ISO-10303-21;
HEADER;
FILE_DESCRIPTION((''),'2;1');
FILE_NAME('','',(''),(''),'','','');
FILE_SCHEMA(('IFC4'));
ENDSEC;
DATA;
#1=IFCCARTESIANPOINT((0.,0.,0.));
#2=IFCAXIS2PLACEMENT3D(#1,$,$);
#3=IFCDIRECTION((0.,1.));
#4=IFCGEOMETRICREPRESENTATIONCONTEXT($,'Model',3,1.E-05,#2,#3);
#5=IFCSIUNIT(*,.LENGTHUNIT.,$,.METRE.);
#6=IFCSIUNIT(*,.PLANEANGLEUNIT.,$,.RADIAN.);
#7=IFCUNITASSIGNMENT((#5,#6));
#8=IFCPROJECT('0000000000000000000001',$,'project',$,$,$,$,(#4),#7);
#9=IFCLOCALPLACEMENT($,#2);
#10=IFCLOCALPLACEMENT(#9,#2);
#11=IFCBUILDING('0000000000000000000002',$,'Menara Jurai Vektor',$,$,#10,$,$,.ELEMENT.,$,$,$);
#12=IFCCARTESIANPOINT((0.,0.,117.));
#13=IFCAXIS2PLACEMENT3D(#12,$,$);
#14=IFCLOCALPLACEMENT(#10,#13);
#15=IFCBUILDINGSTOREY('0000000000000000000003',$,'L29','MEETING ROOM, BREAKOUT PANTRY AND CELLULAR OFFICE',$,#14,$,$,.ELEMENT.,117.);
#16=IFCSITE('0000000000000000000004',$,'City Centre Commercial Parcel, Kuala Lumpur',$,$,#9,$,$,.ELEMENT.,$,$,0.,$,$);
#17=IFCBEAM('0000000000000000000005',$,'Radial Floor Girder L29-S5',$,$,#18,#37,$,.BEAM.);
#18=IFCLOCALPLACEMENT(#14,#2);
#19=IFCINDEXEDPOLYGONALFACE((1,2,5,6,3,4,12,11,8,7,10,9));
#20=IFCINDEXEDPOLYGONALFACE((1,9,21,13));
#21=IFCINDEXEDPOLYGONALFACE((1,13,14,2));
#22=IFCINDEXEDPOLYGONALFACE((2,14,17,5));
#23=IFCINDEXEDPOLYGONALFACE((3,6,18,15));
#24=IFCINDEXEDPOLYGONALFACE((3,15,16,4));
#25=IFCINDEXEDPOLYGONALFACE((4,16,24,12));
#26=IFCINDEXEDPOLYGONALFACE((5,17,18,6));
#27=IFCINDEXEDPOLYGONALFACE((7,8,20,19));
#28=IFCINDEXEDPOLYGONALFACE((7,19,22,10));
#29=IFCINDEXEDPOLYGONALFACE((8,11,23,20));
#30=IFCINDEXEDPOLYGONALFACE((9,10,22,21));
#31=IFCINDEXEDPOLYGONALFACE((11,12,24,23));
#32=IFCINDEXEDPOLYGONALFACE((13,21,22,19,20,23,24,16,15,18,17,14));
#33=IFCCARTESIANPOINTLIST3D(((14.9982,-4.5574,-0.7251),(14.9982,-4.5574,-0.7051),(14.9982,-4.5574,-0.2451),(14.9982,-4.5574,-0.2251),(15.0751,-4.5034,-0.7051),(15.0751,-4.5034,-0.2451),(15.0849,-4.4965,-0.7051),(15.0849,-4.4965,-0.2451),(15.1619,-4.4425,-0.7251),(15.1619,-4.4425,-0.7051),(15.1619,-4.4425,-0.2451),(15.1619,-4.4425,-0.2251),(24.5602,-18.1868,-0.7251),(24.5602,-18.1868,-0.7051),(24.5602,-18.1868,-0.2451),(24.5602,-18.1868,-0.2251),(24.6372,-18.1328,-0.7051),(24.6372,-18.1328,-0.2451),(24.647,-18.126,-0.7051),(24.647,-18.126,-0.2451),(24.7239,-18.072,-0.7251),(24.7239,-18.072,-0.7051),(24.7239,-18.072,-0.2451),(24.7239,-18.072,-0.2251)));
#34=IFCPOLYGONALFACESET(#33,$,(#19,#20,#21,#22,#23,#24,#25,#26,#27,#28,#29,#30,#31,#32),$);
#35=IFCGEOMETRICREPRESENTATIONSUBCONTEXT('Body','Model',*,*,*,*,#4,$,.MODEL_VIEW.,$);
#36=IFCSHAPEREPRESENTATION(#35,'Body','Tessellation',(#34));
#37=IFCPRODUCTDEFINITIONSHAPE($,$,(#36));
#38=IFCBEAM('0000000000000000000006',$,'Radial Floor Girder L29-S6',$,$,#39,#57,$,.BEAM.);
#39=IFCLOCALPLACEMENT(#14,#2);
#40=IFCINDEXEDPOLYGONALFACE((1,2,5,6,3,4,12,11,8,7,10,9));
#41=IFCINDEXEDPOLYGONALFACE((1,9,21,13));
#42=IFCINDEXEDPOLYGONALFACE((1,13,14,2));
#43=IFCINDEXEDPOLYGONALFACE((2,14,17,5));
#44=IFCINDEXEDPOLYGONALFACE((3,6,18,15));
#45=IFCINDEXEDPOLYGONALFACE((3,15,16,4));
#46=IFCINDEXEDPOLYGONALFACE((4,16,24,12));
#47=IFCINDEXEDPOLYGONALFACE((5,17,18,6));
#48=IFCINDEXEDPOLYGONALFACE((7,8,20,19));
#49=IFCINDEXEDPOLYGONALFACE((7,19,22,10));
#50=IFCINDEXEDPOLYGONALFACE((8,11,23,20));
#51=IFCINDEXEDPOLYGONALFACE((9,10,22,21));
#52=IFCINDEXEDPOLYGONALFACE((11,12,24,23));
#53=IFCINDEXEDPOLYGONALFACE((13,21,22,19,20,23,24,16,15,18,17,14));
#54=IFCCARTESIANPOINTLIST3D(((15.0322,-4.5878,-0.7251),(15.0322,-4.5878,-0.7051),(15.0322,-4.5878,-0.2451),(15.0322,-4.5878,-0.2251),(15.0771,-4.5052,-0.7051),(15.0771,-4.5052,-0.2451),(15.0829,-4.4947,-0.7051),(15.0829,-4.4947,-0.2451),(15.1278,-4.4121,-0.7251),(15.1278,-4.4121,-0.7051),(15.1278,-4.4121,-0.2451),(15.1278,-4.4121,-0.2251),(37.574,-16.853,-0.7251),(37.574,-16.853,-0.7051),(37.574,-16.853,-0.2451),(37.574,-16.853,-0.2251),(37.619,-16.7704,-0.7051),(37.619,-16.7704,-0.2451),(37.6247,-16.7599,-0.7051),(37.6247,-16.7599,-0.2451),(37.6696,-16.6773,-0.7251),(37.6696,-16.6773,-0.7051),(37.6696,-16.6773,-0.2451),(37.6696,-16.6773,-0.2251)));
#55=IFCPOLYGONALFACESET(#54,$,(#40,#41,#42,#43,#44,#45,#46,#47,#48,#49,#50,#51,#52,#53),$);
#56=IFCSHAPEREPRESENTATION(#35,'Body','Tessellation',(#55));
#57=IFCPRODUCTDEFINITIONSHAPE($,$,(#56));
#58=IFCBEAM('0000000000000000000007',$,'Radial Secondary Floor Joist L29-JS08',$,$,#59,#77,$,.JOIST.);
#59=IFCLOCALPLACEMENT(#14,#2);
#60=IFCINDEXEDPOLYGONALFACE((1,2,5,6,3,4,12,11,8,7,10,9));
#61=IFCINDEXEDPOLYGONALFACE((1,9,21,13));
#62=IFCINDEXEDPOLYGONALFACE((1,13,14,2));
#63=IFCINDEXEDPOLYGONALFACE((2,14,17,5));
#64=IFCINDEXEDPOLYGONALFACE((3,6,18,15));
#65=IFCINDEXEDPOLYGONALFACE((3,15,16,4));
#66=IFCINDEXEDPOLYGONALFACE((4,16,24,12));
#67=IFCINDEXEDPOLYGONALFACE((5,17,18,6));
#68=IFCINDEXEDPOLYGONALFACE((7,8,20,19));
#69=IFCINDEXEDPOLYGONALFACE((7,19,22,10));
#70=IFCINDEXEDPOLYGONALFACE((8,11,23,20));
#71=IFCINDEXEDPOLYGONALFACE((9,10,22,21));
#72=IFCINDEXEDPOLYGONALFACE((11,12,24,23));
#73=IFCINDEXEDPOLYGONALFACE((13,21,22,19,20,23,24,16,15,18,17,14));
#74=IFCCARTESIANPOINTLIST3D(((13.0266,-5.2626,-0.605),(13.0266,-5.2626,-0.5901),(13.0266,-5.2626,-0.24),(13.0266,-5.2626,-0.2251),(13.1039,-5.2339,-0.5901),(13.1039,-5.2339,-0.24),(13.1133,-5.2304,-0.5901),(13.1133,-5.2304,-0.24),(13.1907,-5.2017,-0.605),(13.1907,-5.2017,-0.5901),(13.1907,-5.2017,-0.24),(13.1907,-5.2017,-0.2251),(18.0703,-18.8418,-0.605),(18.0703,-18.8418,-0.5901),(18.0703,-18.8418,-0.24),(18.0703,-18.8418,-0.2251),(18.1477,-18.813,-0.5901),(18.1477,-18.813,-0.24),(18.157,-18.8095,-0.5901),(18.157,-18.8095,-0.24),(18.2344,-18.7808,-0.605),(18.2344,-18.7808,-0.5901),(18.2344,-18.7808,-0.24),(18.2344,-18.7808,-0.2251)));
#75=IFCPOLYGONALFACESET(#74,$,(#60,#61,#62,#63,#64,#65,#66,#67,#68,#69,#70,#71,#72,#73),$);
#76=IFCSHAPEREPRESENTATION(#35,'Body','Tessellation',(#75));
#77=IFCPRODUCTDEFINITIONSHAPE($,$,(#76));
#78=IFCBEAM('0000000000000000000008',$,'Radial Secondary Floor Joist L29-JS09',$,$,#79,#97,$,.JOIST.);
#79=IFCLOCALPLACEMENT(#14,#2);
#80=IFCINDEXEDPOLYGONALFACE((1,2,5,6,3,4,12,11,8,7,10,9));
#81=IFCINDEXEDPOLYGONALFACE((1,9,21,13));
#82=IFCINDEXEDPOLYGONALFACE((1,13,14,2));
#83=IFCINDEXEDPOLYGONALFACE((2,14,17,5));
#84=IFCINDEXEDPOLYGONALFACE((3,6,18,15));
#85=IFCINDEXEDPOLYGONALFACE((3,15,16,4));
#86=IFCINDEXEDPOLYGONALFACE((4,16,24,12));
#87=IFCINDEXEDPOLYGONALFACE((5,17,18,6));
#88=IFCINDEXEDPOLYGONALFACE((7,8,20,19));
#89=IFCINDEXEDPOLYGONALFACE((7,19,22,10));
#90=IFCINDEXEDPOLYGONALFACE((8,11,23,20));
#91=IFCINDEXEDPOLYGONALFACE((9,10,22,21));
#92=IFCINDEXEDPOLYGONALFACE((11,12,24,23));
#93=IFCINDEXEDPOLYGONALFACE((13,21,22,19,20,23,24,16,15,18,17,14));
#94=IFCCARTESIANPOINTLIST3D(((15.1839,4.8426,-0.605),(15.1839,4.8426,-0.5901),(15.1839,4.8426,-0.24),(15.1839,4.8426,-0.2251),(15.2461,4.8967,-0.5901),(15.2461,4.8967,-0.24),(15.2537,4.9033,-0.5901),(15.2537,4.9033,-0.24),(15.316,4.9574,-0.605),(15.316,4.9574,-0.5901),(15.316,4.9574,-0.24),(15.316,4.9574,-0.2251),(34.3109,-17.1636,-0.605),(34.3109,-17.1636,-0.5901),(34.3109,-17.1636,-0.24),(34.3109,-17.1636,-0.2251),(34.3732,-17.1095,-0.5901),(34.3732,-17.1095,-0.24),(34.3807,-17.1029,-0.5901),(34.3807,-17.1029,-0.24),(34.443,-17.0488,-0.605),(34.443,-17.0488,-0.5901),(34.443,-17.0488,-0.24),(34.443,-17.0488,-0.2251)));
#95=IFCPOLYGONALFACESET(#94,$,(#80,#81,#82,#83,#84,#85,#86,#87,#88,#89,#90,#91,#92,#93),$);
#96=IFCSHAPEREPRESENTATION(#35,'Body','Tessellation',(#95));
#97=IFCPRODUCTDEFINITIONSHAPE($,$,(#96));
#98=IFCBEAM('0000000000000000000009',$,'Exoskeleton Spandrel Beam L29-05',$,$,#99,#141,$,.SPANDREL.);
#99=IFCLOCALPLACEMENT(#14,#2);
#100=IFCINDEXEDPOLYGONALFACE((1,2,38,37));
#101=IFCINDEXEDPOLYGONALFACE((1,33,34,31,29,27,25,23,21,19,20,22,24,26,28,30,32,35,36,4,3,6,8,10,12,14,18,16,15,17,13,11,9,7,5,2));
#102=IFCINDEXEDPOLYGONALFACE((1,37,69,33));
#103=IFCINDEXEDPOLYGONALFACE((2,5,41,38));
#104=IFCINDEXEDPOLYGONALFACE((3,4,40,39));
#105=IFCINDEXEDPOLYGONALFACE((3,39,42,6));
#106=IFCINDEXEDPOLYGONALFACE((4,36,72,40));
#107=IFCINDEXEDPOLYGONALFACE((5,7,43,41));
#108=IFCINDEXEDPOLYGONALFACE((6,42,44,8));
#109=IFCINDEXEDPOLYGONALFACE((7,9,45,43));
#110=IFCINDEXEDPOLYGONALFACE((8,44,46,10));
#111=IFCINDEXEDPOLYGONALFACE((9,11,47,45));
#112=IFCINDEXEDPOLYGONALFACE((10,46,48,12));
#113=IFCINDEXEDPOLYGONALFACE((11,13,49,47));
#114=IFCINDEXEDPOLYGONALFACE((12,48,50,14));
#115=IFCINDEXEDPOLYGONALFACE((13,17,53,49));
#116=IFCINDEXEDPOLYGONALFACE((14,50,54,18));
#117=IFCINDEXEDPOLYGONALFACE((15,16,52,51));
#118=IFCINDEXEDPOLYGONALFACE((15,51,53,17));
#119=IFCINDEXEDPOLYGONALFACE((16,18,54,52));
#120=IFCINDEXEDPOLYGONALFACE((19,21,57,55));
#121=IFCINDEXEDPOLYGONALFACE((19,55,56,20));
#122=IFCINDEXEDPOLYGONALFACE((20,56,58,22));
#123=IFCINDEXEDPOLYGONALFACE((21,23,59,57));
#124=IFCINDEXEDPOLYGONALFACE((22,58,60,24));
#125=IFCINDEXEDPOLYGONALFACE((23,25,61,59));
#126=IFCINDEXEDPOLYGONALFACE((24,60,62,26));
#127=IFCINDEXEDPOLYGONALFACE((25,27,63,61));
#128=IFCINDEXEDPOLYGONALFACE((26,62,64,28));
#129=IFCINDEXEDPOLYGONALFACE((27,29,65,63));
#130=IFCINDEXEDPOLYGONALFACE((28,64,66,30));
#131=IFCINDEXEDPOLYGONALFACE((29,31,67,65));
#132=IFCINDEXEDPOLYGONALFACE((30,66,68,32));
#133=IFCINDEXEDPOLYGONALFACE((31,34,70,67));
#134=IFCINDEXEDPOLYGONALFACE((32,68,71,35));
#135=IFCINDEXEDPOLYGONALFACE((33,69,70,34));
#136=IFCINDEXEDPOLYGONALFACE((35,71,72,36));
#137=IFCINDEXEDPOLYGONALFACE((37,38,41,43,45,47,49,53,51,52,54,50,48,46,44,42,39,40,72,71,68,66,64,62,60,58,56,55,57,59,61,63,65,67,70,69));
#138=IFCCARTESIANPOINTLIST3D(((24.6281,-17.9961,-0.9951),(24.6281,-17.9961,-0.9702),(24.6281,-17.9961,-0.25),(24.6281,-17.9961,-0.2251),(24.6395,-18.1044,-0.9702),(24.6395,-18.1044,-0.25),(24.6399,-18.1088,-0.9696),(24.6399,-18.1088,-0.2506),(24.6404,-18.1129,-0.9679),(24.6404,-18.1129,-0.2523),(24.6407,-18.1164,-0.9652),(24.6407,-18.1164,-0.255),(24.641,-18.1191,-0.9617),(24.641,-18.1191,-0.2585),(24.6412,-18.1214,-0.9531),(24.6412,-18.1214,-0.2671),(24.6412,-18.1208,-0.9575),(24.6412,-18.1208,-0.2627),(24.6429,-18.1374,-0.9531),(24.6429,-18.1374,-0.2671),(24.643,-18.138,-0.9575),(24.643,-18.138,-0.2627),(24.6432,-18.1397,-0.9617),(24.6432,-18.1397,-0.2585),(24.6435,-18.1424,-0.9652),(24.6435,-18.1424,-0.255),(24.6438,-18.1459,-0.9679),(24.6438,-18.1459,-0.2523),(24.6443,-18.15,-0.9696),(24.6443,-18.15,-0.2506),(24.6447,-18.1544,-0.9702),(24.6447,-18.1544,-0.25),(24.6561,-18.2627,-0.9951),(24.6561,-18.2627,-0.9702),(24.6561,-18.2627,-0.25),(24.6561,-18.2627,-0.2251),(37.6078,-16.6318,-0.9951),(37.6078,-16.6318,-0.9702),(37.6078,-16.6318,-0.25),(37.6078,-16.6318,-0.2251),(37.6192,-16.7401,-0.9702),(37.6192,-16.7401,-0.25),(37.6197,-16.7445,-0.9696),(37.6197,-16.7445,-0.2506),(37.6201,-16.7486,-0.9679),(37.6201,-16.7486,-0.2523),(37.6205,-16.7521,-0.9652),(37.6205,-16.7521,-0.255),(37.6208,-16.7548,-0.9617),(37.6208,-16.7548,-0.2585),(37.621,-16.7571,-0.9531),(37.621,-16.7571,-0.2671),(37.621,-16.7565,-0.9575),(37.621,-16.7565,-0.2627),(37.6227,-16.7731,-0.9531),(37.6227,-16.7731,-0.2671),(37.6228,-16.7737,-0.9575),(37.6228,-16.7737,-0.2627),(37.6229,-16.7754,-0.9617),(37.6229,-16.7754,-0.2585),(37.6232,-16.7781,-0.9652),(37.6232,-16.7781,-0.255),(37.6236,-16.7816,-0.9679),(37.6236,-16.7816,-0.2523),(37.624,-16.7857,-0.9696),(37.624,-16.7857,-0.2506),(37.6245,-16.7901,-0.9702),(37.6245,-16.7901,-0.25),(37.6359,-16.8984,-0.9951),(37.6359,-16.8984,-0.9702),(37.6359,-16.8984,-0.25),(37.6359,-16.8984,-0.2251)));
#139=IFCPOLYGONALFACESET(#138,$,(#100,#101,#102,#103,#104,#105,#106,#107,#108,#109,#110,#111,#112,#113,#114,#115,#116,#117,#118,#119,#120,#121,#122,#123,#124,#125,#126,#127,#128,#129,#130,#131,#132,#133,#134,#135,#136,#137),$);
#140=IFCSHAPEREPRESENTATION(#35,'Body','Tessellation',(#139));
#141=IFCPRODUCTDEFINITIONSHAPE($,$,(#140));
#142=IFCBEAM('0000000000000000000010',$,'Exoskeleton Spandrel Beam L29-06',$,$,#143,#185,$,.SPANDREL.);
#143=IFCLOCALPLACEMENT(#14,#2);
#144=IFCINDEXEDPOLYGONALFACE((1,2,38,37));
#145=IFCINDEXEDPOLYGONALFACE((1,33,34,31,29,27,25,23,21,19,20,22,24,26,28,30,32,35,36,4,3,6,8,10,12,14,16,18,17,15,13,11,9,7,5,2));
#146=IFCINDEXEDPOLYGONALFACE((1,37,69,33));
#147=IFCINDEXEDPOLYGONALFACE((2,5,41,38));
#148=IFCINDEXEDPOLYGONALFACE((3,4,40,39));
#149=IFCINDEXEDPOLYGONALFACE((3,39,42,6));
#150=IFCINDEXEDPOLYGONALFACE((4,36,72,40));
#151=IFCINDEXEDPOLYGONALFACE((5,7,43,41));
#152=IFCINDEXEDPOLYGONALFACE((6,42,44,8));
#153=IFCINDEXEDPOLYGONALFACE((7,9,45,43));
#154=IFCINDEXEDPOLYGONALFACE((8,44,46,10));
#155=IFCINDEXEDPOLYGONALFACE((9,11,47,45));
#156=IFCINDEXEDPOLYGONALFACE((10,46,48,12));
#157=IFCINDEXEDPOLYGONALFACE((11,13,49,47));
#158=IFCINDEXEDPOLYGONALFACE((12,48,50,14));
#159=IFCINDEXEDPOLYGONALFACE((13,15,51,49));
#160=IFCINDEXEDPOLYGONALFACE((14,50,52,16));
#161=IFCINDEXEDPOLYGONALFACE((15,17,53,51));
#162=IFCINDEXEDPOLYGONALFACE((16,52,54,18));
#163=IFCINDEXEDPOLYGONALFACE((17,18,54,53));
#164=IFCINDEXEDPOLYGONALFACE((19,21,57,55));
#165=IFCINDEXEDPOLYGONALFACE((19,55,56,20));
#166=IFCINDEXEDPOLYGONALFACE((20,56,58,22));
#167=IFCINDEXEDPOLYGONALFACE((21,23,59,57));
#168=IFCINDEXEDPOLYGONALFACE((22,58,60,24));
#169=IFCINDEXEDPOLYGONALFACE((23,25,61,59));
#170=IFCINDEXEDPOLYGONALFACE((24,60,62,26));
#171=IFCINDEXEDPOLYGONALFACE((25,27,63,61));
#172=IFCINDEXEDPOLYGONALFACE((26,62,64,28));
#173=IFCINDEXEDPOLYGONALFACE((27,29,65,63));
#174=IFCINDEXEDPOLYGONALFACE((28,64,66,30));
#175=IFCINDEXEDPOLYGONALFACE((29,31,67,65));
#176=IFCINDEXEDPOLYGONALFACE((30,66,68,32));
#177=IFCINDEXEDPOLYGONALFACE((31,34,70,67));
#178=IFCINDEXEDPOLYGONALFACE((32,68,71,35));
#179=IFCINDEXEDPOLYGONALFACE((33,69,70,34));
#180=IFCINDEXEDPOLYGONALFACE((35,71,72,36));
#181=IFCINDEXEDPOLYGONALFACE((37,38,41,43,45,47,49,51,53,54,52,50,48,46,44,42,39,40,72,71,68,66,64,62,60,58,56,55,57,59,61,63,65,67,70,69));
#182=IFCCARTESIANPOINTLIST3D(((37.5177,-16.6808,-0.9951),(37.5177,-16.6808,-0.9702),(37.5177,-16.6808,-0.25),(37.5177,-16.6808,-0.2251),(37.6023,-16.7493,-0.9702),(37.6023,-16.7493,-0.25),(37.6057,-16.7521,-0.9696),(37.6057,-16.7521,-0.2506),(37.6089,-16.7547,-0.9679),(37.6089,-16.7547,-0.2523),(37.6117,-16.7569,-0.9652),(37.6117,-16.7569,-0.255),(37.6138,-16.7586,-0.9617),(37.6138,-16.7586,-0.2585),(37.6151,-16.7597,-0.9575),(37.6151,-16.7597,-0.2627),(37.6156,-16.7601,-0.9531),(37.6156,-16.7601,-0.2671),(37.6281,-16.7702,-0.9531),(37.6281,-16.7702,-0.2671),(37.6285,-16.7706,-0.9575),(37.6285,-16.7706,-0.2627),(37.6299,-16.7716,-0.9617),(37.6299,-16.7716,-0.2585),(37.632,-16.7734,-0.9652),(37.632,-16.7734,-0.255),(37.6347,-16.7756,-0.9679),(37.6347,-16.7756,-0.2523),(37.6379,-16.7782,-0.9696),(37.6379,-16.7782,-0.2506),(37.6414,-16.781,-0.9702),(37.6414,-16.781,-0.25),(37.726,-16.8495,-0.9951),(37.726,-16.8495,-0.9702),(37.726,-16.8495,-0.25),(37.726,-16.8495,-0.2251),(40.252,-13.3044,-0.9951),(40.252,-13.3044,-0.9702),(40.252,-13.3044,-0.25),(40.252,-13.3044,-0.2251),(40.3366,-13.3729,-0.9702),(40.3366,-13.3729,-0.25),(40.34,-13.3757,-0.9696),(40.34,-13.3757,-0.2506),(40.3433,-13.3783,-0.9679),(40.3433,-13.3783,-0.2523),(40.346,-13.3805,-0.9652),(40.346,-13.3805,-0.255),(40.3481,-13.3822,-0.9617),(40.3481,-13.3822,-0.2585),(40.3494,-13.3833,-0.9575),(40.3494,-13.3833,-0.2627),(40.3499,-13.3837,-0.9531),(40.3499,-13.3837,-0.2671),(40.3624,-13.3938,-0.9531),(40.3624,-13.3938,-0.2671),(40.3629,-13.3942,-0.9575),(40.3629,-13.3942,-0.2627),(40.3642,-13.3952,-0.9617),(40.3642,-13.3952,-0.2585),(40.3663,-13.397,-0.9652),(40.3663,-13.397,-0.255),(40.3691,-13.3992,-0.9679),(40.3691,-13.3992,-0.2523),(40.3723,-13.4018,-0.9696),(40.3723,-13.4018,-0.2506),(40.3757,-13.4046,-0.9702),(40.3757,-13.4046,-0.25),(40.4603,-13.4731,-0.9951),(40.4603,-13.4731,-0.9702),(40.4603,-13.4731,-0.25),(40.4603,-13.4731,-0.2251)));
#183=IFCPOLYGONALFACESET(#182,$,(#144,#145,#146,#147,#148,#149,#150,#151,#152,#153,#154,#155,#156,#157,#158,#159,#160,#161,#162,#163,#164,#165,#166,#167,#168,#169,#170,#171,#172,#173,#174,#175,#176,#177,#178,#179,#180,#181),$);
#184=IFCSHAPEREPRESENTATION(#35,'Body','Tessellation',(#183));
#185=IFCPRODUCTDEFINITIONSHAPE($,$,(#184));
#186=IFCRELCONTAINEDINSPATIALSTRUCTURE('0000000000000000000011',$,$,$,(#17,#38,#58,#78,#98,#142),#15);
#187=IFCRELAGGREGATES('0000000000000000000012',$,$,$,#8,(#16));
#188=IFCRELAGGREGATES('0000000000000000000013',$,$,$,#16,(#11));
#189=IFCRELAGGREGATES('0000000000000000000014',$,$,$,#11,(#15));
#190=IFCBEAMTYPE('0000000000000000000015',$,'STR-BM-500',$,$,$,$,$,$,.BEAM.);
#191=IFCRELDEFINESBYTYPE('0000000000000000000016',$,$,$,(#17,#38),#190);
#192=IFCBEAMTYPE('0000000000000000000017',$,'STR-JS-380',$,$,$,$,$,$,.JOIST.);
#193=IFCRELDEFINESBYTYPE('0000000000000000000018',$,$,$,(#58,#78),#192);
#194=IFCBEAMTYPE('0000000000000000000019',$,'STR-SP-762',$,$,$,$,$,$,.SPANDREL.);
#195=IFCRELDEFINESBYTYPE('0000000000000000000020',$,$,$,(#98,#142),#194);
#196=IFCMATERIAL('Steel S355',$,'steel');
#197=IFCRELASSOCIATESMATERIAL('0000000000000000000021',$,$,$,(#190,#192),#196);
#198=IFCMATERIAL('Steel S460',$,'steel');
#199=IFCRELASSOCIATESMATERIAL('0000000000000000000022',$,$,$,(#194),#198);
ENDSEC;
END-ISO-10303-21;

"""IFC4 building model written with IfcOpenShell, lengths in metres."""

from ifc_helpers import new_model, si_unit, direction, frame, origin, origin_2d, place, context, subcontext, project, spatial, i_section, extrude, material, material_profile, profile_set, type_object, element, save


model = new_model("IFC4")

# Units and contexts
model_context = context("Model", 3, precision=1e-05, world=origin(), true_north=direction((0.0, 1.0)))
body_context = subcontext(model_context, "Body", "Model", "MODEL_VIEW")
ifc_project = project(units=[si_unit("LENGTHUNIT", "METRE"), si_unit("PLANEANGLEUNIT", "RADIAN")], contexts=[model_context])

# Site, building, storey
site_placement = place(None, origin())
site = spatial("IfcSite", under=ifc_project, at=site_placement, Name="City Centre Commercial Parcel, Kuala Lumpur", CompositionType="ELEMENT", RefElevation=0.0)
building_placement = place(site_placement, origin())
building = spatial("IfcBuilding", under=site, at=building_placement, Name="Menara Jurai Vektor", CompositionType="ELEMENT")
storey_placement = place(building_placement, frame((0.0, 0.0, 117.0)))
storey = spatial("IfcBuildingStorey", under=building, at=storey_placement, Name="L29", Description="MEETING ROOM, BREAKOUT PANTRY AND CELLULAR OFFICE", CompositionType="ELEMENT", Elevation=117.0)

# Shared definitions
ifc_material_1 = material(Name="Steel S460", Category="steel")

# Beams
ifc_material_2 = material(Name="Steel S355", Category="steel")
ifc_material_profile_1 = material_profile(ifc_material_2, i_section(OverallWidth=0.2, OverallDepth=0.5, WebThickness=0.012, FlangeThickness=0.02, at=origin_2d()), Name="PG 500x200x96")
ifc_profile_set_1 = profile_set([ifc_material_profile_1], Name="Steel S355")
beam_type_1 = type_object("IfcBeamType", Name="STR-BM-500", PredefinedType="BEAM", material=ifc_profile_set_1)
beam_1_placement = place(storey_placement, frame((24.6421, -18.1294, -0.4751), z_axis=(-0.574326, 0.818627, 0.0), x_axis=(-0.818627, -0.574326, 0.0)))
element("IfcBeam", 1, at=beam_1_placement, inside=storey, type_object=beam_type_1, Name="Radial Floor Girder L29-S5", PredefinedType="BEAM", context=body_context, shape_type="SweptSolid", body=[
    extrude(i_section(OverallWidth=0.2, OverallDepth=0.5, WebThickness=0.012, FlangeThickness=0.02, at=origin_2d()), origin(), (0.0, 0.0, 1.0), 16.6492),
])
beam_2_placement = place(storey_placement, frame((37.6218, -16.7651, -0.4751), z_axis=(-0.878392, 0.47794, 0.0), x_axis=(-0.47794, -0.878392, 0.0)))
element("IfcBeam", 2, at=beam_2_placement, inside=storey, type_object=beam_type_1, Name="Radial Floor Girder L29-S6", PredefinedType="BEAM", context=body_context, shape_type="SweptSolid", body=[
    extrude(i_section(OverallWidth=0.2, OverallDepth=0.5, WebThickness=0.012, FlangeThickness=0.02, at=origin_2d()), origin(), (0.0, 0.0, 1.0), 25.6626),
])
ifc_material_profile_2 = material_profile(ifc_material_2, i_section(OverallWidth=0.175, OverallDepth=0.3799, WebThickness=0.01, FlangeThickness=0.0149, at=origin_2d()), Name="PG 380x175x58")
ifc_profile_set_2 = profile_set([ifc_material_profile_2], Name="Steel S355")
beam_type_2 = type_object("IfcBeamType", Name="STR-JS-380", PredefinedType="JOIST", material=ifc_profile_set_2)
beam_3_placement = place(storey_placement, frame((18.1523, -18.8113, -0.415), z_axis=(-0.348189, 0.937424, 0.0), x_axis=(-0.937424, -0.348189, 0.0)))
element("IfcBeam", 3, at=beam_3_placement, inside=storey, type_object=beam_type_2, Name="Radial Secondary Floor Joist L29-JS08", PredefinedType="JOIST", context=body_context, shape_type="SweptSolid", body=[
    extrude(i_section(OverallWidth=0.175, OverallDepth=0.3799, WebThickness=0.01, FlangeThickness=0.0149, at=origin_2d()), origin(), (0.0, 0.0, 1.0), 14.4856),
])
beam_4_placement = place(storey_placement, frame((34.377, -17.1062, -0.415), z_axis=(-0.656007, 0.754755, 0.0), x_axis=(-0.754755, -0.656007, 0.0)))
element("IfcBeam", 4, at=beam_4_placement, inside=storey, type_object=beam_type_2, Name="Radial Secondary Floor Joist L29-JS09", PredefinedType="JOIST", context=body_context, shape_type="SweptSolid", body=[
    extrude(i_section(OverallWidth=0.175, OverallDepth=0.3799, WebThickness=0.01, FlangeThickness=0.0149, at=origin_2d()), origin(), (0.0, 0.0, 1.0), 29.1567),
])
ifc_material_profile_3 = material_profile(ifc_material_1, i_section(OverallWidth=0.2681, OverallDepth=0.77, WebThickness=0.0161, FlangeThickness=0.0249, FilletRadius=0.0171, at=origin_2d()), Name="UKB 762x267x197")
ifc_profile_set_3 = profile_set([ifc_material_profile_3], Name="Steel S460")
beam_type_3 = type_object("IfcBeamType", Name="STR-SP-762", PredefinedType="SPANDREL", material=ifc_profile_set_3)
beam_5_placement = place(storey_placement, frame((24.6421, -18.1294, -0.6101), z_axis=(0.994522, 0.104531, 0.0), x_axis=(-0.104531, 0.994522, 0.0)))
element("IfcBeam", 5, at=beam_5_placement, inside=storey, type_object=beam_type_3, Name="Exoskeleton Spandrel Beam L29-05", PredefinedType="SPANDREL", context=body_context, shape_type="SweptSolid", body=[
    extrude(i_section(OverallWidth=0.2681, OverallDepth=0.77, WebThickness=0.0161, FlangeThickness=0.0249, FilletRadius=0.0171, at=origin_2d()), origin(), (0.0, 0.0, 1.0), 13.0513),
])
beam_6_placement = place(storey_placement, frame((37.6218, -16.7651, -0.6101), z_axis=(0.629344, 0.777127, 0.0), x_axis=(-0.777127, 0.629344, 0.0)))
element("IfcBeam", 6, at=beam_6_placement, inside=storey, type_object=beam_type_3, Name="Exoskeleton Spandrel Beam L29-06", PredefinedType="SPANDREL", context=body_context, shape_type="SweptSolid", body=[
    extrude(i_section(OverallWidth=0.2681, OverallDepth=0.77, WebThickness=0.0161, FlangeThickness=0.0249, FilletRadius=0.0171, at=origin_2d()), origin(), (0.0, 0.0, 1.0), 4.3447),
])

save(model, "model.ifc")
